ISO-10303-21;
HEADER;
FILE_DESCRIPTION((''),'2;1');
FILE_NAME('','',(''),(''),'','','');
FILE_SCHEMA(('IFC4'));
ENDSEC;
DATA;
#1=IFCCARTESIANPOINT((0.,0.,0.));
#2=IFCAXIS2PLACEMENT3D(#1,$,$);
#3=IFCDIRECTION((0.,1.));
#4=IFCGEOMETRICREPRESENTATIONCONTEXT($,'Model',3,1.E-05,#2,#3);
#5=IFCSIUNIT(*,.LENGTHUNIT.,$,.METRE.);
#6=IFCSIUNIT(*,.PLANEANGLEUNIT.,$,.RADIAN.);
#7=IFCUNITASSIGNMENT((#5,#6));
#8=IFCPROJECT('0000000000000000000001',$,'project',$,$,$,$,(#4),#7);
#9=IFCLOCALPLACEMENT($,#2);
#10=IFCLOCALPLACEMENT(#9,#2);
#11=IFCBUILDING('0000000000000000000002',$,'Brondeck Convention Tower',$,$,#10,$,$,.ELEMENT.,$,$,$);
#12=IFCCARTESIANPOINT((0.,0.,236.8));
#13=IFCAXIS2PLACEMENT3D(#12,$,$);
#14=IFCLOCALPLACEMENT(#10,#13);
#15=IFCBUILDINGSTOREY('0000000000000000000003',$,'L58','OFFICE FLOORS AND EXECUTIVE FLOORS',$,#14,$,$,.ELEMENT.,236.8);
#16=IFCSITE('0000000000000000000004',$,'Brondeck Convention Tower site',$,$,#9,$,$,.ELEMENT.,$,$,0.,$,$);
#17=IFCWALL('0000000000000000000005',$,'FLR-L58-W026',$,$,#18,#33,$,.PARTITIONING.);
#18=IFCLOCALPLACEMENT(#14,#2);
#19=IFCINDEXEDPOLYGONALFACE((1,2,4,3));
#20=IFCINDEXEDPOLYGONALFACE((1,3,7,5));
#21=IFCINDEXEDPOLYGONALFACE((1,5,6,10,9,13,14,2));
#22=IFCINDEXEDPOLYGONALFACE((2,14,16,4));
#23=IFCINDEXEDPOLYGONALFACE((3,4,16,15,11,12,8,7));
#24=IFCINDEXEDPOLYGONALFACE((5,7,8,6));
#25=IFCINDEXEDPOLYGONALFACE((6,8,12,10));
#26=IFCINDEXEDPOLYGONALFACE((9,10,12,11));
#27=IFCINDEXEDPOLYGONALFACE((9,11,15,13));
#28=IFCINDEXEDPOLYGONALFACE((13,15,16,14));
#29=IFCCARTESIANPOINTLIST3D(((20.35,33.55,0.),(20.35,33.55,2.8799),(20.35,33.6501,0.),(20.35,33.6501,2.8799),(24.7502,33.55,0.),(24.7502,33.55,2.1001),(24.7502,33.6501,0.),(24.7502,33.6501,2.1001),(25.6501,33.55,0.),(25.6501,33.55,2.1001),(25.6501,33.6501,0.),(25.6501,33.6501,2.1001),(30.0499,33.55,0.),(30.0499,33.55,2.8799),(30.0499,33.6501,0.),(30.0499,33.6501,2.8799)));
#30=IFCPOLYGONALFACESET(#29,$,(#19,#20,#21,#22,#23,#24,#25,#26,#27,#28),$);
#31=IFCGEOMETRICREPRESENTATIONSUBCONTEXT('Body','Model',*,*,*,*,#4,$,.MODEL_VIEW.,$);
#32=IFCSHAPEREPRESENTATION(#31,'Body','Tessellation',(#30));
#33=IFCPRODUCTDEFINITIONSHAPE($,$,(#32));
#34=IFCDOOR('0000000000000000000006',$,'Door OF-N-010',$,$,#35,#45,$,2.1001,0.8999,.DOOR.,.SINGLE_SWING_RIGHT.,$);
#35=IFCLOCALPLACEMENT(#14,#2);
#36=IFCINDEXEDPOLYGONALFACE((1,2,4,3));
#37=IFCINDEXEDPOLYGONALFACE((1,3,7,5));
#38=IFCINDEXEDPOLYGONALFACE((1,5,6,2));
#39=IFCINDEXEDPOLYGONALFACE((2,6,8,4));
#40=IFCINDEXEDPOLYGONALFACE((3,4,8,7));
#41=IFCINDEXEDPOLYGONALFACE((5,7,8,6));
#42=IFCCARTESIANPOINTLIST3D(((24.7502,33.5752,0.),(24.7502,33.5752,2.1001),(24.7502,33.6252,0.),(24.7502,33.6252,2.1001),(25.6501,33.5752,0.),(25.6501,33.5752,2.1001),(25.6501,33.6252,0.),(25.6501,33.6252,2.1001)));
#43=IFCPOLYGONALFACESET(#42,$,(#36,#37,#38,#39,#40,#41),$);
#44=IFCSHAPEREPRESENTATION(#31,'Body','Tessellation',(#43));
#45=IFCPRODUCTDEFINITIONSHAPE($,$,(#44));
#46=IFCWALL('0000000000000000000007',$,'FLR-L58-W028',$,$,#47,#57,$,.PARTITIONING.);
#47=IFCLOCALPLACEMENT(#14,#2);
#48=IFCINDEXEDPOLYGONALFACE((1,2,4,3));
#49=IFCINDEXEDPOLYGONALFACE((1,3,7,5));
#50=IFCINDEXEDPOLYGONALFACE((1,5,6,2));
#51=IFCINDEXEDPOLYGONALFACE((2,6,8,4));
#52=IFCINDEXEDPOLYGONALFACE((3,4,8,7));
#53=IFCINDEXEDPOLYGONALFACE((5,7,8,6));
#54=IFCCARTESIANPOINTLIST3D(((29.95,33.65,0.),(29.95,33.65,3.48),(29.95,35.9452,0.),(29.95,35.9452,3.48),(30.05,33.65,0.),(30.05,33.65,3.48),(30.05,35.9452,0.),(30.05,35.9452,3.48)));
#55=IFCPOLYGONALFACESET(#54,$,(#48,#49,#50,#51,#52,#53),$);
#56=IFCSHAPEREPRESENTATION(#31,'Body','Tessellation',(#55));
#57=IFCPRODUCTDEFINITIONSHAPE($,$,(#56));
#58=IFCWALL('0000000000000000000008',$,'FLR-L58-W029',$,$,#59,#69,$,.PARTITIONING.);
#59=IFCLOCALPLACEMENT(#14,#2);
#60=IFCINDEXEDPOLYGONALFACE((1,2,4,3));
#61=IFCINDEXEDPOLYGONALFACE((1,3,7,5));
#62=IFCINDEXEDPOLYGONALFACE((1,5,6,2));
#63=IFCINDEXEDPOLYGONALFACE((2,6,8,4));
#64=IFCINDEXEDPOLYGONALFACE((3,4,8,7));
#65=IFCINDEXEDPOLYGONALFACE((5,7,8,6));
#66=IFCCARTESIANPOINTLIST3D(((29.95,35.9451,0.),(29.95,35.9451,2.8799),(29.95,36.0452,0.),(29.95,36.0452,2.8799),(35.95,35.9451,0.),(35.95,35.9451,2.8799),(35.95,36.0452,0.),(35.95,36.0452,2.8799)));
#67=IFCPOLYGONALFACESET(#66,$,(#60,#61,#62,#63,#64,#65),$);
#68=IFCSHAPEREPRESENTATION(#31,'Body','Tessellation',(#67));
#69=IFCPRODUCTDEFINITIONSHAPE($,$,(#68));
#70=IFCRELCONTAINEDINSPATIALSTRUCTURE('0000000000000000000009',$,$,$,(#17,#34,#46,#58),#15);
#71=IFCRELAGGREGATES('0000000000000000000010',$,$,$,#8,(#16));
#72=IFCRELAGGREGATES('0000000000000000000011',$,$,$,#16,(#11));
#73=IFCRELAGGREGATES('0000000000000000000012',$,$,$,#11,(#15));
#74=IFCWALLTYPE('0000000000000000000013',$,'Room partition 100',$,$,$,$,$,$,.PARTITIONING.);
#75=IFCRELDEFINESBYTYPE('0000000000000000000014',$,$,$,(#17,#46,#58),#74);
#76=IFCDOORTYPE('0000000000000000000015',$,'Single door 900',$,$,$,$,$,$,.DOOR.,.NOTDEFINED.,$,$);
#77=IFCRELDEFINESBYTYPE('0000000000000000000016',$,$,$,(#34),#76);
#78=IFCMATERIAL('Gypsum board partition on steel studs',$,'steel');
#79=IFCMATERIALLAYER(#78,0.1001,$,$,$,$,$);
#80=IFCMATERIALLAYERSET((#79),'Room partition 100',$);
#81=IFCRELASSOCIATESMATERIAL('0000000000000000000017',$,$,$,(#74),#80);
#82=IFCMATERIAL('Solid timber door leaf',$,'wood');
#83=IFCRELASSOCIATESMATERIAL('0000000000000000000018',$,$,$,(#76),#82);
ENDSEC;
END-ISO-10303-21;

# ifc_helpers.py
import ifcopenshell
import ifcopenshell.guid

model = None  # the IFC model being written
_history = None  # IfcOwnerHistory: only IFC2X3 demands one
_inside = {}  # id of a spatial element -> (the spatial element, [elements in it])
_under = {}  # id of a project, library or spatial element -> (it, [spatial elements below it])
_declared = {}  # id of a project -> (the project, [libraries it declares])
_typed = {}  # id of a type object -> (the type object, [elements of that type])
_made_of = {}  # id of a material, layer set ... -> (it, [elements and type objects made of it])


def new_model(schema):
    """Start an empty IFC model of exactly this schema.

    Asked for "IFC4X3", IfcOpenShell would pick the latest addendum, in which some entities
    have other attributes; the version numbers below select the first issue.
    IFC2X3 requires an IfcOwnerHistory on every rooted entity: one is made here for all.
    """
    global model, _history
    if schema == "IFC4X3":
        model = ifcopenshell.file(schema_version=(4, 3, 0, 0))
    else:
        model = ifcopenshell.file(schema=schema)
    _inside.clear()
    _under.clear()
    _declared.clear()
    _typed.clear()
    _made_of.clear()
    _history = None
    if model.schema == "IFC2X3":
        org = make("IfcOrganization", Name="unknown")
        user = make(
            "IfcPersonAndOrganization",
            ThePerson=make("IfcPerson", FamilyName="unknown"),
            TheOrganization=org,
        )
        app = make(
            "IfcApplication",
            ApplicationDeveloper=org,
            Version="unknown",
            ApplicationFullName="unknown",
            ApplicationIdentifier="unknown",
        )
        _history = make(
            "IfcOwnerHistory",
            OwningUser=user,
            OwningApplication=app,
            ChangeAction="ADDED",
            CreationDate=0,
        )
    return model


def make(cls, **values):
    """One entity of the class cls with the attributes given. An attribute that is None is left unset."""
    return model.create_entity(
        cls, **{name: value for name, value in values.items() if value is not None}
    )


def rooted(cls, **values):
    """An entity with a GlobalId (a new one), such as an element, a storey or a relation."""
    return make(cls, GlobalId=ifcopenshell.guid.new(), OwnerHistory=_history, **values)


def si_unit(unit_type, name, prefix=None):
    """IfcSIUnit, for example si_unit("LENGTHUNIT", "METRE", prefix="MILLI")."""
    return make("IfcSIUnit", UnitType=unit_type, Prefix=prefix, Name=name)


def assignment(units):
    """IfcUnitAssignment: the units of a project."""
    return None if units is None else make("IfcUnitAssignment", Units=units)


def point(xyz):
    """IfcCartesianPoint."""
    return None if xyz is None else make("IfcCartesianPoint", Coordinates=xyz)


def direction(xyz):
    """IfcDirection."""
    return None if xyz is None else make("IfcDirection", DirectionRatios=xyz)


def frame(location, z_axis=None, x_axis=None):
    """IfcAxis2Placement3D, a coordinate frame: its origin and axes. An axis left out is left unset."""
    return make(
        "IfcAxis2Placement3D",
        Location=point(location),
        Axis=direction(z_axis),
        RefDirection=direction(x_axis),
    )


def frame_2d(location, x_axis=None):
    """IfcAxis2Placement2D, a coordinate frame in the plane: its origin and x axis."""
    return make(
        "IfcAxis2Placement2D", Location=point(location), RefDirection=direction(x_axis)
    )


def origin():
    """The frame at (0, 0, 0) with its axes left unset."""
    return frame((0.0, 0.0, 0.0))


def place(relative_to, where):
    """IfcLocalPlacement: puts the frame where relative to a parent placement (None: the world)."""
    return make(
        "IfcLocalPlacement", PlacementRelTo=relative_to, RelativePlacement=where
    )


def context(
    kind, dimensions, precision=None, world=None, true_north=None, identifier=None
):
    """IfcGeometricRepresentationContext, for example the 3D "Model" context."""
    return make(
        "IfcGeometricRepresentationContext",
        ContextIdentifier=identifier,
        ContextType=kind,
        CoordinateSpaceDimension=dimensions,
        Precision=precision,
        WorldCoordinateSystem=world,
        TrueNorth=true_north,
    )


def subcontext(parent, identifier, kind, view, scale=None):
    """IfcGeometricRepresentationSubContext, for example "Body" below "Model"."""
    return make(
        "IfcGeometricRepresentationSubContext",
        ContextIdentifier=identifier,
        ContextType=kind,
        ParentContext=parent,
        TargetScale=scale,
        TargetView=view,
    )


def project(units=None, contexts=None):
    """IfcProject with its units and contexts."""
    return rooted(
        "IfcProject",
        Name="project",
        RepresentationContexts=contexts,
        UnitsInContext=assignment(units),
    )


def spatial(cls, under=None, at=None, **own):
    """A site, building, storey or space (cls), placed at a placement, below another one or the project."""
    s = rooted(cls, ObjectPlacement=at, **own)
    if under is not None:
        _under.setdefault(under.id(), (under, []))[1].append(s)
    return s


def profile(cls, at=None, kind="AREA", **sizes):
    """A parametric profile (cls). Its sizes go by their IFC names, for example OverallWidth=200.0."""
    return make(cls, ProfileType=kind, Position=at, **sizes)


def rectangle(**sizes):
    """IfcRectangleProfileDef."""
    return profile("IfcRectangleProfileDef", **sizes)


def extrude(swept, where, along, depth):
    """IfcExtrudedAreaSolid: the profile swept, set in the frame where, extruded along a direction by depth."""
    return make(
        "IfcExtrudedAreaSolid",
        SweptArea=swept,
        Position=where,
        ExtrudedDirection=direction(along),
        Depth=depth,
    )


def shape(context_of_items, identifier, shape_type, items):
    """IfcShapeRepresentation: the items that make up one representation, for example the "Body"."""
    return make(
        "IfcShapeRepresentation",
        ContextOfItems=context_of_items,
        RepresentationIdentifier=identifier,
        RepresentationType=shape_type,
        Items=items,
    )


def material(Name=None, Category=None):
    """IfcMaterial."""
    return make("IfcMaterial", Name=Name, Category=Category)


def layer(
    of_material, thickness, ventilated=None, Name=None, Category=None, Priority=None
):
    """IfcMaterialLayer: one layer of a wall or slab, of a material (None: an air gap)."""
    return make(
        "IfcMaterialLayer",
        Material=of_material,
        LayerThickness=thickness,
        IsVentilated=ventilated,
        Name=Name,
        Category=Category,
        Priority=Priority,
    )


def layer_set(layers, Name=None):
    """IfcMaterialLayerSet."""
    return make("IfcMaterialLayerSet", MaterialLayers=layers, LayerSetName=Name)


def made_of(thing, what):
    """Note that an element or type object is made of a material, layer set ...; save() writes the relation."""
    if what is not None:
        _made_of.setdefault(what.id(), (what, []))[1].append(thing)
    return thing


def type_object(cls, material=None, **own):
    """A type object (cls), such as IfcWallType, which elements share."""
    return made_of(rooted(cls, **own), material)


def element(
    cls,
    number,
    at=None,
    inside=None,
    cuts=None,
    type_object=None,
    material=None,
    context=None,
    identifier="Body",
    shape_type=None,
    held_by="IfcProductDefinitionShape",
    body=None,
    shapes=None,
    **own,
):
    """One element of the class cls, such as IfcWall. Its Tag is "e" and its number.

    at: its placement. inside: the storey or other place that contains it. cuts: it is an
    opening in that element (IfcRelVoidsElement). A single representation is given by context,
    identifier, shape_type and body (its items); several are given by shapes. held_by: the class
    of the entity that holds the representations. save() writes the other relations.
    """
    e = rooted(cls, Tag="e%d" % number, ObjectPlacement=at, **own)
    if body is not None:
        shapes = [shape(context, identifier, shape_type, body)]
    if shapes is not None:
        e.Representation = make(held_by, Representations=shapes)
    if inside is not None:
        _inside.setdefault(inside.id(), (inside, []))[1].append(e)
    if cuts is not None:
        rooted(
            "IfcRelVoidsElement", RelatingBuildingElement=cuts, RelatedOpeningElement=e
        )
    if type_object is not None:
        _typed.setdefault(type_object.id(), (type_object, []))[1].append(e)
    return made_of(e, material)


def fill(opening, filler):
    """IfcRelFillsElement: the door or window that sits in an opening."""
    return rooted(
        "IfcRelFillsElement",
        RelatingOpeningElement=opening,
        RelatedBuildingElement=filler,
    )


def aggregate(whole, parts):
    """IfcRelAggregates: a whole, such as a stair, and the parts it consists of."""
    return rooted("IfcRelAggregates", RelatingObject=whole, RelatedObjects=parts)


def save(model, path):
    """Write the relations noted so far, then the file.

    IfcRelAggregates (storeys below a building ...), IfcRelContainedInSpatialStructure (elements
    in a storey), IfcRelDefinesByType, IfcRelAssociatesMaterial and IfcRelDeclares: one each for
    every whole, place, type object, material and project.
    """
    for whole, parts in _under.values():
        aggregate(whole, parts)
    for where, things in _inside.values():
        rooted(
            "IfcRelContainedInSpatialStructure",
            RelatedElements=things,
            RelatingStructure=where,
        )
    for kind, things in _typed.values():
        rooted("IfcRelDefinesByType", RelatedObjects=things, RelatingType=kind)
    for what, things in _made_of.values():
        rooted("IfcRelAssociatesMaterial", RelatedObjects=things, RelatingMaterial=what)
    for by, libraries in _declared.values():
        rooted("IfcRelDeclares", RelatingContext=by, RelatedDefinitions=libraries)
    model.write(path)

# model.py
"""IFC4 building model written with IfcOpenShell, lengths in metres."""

from ifc_helpers import new_model, si_unit, direction, frame, frame_2d, origin, place, context, subcontext, project, spatial, rectangle, extrude, material, layer, layer_set, type_object, element, fill, save


model = new_model("IFC4")

# Units and contexts
model_context = context("Model", 3, precision=1e-05, world=origin(), true_north=direction((0.0, 1.0)))
body_context = subcontext(model_context, "Body", "Model", "MODEL_VIEW")
ifc_project = project(units=[si_unit("LENGTHUNIT", "METRE"), si_unit("PLANEANGLEUNIT", "RADIAN")], contexts=[model_context])

# Site, building, storey
site_placement = place(None, origin())
site = spatial("IfcSite", under=ifc_project, at=site_placement, Name="Brondeck Convention Tower site", CompositionType="ELEMENT", RefElevation=0.0)
building_placement = place(site_placement, origin())
building = spatial("IfcBuilding", under=site, at=building_placement, Name="Brondeck Convention Tower", CompositionType="ELEMENT")
storey_placement = place(building_placement, frame((0.0, 0.0, 236.8)))
storey = spatial("IfcBuildingStorey", under=building, at=storey_placement, Name="L58", Description="OFFICE FLOORS AND EXECUTIVE FLOORS", CompositionType="ELEMENT", Elevation=236.8)

# Shared definitions
ifc_material_1 = material(Name="Gypsum board partition on steel studs", Category="steel")
ifc_layer_1 = layer(ifc_material_1, 0.1001)
ifc_layer_set_1 = layer_set([ifc_layer_1], Name="Room partition 100")
wall_type_1 = type_object("IfcWallType", Name="Room partition 100", PredefinedType="PARTITIONING", material=ifc_layer_set_1)
ifc_material_2 = material(Name="Solid timber door leaf", Category="wood")
door_type_1 = type_object("IfcDoorType", Name="Single door 900", OperationType="NOTDEFINED", PredefinedType="DOOR", material=ifc_material_2)

# Wall, opening, door
wall_1_placement = place(storey_placement, frame((30.05, 33.6001, 0.0), z_axis=(0.0, 0.0, 1.0), x_axis=(-1.0, 0.0, 0.0)))
wall_1 = element("IfcWall", 1, at=wall_1_placement, inside=storey, type_object=wall_type_1, Name="FLR-L58-W026", PredefinedType="PARTITIONING", context=body_context, shape_type="SweptSolid", body=[
    extrude(rectangle(XDim=9.7, YDim=0.1001, at=frame_2d((4.8501, 0.0))), origin(), (0.0, 0.0, 1.0), 2.8799),
])
opening_1_placement = place(wall_1_placement, frame((4.3999, 0.0, 0.0)))
opening_1 = element("IfcOpeningElement", 2, at=opening_1_placement, cuts=wall_1, PredefinedType="OPENING", context=body_context, shape_type="SweptSolid", body=[
    extrude(rectangle(XDim=0.8999, YDim=2.1001, at=frame_2d((0.45, 1.05))), frame((0.0, 0.0601, 0.0), z_axis=(0.0, -1.0, 0.0), x_axis=(1.0, 0.0, 0.0)), (0.0, 0.0, 1.0), 0.1201),
])
door_1_placement = place(opening_1_placement, origin())
door_1 = element("IfcDoor", 3, at=door_1_placement, inside=storey, type_object=door_type_1, Name="Door OF-N-010", OperationType="SINGLE_SWING_RIGHT", OverallHeight=2.1001, OverallWidth=0.8999, PredefinedType="DOOR", context=body_context, shape_type="SweptSolid", body=[
    extrude(rectangle(XDim=0.8999, YDim=2.1001, at=frame_2d((0.45, 1.05))), frame((0.0, 0.0249, 0.0), z_axis=(0.0, -1.0, 0.0), x_axis=(1.0, 0.0, 0.0)), (0.0, 0.0, 1.0), 0.05),
])
fill(opening_1, door_1)

# Walls
wall_2_placement = place(storey_placement, frame((30.0, 35.9451, 0.0), z_axis=(0.0, 0.0, 1.0), x_axis=(0.0, -1.0, 0.0)))
element("IfcWall", 4, at=wall_2_placement, inside=storey, type_object=wall_type_1, Name="FLR-L58-W028", PredefinedType="PARTITIONING", context=body_context, shape_type="SweptSolid", body=[
    extrude(rectangle(XDim=2.2952, YDim=0.1001, at=frame_2d((1.1475, 0.0))), origin(), (0.0, 0.0, 1.0), 3.48),
])
wall_3_placement = place(storey_placement, frame((29.95, 35.9951, 0.0), z_axis=(0.0, 0.0, 1.0), x_axis=(1.0, 0.0, 0.0)))
element("IfcWall", 5, at=wall_3_placement, inside=storey, type_object=wall_type_1, Name="FLR-L58-W029", PredefinedType="PARTITIONING", context=body_context, shape_type="SweptSolid", body=[
    extrude(rectangle(XDim=6.0, YDim=0.1001, at=frame_2d((3.0, 0.0))), origin(), (0.0, 0.0, 1.0), 2.8799),
])

save(model, "model.ifc")
